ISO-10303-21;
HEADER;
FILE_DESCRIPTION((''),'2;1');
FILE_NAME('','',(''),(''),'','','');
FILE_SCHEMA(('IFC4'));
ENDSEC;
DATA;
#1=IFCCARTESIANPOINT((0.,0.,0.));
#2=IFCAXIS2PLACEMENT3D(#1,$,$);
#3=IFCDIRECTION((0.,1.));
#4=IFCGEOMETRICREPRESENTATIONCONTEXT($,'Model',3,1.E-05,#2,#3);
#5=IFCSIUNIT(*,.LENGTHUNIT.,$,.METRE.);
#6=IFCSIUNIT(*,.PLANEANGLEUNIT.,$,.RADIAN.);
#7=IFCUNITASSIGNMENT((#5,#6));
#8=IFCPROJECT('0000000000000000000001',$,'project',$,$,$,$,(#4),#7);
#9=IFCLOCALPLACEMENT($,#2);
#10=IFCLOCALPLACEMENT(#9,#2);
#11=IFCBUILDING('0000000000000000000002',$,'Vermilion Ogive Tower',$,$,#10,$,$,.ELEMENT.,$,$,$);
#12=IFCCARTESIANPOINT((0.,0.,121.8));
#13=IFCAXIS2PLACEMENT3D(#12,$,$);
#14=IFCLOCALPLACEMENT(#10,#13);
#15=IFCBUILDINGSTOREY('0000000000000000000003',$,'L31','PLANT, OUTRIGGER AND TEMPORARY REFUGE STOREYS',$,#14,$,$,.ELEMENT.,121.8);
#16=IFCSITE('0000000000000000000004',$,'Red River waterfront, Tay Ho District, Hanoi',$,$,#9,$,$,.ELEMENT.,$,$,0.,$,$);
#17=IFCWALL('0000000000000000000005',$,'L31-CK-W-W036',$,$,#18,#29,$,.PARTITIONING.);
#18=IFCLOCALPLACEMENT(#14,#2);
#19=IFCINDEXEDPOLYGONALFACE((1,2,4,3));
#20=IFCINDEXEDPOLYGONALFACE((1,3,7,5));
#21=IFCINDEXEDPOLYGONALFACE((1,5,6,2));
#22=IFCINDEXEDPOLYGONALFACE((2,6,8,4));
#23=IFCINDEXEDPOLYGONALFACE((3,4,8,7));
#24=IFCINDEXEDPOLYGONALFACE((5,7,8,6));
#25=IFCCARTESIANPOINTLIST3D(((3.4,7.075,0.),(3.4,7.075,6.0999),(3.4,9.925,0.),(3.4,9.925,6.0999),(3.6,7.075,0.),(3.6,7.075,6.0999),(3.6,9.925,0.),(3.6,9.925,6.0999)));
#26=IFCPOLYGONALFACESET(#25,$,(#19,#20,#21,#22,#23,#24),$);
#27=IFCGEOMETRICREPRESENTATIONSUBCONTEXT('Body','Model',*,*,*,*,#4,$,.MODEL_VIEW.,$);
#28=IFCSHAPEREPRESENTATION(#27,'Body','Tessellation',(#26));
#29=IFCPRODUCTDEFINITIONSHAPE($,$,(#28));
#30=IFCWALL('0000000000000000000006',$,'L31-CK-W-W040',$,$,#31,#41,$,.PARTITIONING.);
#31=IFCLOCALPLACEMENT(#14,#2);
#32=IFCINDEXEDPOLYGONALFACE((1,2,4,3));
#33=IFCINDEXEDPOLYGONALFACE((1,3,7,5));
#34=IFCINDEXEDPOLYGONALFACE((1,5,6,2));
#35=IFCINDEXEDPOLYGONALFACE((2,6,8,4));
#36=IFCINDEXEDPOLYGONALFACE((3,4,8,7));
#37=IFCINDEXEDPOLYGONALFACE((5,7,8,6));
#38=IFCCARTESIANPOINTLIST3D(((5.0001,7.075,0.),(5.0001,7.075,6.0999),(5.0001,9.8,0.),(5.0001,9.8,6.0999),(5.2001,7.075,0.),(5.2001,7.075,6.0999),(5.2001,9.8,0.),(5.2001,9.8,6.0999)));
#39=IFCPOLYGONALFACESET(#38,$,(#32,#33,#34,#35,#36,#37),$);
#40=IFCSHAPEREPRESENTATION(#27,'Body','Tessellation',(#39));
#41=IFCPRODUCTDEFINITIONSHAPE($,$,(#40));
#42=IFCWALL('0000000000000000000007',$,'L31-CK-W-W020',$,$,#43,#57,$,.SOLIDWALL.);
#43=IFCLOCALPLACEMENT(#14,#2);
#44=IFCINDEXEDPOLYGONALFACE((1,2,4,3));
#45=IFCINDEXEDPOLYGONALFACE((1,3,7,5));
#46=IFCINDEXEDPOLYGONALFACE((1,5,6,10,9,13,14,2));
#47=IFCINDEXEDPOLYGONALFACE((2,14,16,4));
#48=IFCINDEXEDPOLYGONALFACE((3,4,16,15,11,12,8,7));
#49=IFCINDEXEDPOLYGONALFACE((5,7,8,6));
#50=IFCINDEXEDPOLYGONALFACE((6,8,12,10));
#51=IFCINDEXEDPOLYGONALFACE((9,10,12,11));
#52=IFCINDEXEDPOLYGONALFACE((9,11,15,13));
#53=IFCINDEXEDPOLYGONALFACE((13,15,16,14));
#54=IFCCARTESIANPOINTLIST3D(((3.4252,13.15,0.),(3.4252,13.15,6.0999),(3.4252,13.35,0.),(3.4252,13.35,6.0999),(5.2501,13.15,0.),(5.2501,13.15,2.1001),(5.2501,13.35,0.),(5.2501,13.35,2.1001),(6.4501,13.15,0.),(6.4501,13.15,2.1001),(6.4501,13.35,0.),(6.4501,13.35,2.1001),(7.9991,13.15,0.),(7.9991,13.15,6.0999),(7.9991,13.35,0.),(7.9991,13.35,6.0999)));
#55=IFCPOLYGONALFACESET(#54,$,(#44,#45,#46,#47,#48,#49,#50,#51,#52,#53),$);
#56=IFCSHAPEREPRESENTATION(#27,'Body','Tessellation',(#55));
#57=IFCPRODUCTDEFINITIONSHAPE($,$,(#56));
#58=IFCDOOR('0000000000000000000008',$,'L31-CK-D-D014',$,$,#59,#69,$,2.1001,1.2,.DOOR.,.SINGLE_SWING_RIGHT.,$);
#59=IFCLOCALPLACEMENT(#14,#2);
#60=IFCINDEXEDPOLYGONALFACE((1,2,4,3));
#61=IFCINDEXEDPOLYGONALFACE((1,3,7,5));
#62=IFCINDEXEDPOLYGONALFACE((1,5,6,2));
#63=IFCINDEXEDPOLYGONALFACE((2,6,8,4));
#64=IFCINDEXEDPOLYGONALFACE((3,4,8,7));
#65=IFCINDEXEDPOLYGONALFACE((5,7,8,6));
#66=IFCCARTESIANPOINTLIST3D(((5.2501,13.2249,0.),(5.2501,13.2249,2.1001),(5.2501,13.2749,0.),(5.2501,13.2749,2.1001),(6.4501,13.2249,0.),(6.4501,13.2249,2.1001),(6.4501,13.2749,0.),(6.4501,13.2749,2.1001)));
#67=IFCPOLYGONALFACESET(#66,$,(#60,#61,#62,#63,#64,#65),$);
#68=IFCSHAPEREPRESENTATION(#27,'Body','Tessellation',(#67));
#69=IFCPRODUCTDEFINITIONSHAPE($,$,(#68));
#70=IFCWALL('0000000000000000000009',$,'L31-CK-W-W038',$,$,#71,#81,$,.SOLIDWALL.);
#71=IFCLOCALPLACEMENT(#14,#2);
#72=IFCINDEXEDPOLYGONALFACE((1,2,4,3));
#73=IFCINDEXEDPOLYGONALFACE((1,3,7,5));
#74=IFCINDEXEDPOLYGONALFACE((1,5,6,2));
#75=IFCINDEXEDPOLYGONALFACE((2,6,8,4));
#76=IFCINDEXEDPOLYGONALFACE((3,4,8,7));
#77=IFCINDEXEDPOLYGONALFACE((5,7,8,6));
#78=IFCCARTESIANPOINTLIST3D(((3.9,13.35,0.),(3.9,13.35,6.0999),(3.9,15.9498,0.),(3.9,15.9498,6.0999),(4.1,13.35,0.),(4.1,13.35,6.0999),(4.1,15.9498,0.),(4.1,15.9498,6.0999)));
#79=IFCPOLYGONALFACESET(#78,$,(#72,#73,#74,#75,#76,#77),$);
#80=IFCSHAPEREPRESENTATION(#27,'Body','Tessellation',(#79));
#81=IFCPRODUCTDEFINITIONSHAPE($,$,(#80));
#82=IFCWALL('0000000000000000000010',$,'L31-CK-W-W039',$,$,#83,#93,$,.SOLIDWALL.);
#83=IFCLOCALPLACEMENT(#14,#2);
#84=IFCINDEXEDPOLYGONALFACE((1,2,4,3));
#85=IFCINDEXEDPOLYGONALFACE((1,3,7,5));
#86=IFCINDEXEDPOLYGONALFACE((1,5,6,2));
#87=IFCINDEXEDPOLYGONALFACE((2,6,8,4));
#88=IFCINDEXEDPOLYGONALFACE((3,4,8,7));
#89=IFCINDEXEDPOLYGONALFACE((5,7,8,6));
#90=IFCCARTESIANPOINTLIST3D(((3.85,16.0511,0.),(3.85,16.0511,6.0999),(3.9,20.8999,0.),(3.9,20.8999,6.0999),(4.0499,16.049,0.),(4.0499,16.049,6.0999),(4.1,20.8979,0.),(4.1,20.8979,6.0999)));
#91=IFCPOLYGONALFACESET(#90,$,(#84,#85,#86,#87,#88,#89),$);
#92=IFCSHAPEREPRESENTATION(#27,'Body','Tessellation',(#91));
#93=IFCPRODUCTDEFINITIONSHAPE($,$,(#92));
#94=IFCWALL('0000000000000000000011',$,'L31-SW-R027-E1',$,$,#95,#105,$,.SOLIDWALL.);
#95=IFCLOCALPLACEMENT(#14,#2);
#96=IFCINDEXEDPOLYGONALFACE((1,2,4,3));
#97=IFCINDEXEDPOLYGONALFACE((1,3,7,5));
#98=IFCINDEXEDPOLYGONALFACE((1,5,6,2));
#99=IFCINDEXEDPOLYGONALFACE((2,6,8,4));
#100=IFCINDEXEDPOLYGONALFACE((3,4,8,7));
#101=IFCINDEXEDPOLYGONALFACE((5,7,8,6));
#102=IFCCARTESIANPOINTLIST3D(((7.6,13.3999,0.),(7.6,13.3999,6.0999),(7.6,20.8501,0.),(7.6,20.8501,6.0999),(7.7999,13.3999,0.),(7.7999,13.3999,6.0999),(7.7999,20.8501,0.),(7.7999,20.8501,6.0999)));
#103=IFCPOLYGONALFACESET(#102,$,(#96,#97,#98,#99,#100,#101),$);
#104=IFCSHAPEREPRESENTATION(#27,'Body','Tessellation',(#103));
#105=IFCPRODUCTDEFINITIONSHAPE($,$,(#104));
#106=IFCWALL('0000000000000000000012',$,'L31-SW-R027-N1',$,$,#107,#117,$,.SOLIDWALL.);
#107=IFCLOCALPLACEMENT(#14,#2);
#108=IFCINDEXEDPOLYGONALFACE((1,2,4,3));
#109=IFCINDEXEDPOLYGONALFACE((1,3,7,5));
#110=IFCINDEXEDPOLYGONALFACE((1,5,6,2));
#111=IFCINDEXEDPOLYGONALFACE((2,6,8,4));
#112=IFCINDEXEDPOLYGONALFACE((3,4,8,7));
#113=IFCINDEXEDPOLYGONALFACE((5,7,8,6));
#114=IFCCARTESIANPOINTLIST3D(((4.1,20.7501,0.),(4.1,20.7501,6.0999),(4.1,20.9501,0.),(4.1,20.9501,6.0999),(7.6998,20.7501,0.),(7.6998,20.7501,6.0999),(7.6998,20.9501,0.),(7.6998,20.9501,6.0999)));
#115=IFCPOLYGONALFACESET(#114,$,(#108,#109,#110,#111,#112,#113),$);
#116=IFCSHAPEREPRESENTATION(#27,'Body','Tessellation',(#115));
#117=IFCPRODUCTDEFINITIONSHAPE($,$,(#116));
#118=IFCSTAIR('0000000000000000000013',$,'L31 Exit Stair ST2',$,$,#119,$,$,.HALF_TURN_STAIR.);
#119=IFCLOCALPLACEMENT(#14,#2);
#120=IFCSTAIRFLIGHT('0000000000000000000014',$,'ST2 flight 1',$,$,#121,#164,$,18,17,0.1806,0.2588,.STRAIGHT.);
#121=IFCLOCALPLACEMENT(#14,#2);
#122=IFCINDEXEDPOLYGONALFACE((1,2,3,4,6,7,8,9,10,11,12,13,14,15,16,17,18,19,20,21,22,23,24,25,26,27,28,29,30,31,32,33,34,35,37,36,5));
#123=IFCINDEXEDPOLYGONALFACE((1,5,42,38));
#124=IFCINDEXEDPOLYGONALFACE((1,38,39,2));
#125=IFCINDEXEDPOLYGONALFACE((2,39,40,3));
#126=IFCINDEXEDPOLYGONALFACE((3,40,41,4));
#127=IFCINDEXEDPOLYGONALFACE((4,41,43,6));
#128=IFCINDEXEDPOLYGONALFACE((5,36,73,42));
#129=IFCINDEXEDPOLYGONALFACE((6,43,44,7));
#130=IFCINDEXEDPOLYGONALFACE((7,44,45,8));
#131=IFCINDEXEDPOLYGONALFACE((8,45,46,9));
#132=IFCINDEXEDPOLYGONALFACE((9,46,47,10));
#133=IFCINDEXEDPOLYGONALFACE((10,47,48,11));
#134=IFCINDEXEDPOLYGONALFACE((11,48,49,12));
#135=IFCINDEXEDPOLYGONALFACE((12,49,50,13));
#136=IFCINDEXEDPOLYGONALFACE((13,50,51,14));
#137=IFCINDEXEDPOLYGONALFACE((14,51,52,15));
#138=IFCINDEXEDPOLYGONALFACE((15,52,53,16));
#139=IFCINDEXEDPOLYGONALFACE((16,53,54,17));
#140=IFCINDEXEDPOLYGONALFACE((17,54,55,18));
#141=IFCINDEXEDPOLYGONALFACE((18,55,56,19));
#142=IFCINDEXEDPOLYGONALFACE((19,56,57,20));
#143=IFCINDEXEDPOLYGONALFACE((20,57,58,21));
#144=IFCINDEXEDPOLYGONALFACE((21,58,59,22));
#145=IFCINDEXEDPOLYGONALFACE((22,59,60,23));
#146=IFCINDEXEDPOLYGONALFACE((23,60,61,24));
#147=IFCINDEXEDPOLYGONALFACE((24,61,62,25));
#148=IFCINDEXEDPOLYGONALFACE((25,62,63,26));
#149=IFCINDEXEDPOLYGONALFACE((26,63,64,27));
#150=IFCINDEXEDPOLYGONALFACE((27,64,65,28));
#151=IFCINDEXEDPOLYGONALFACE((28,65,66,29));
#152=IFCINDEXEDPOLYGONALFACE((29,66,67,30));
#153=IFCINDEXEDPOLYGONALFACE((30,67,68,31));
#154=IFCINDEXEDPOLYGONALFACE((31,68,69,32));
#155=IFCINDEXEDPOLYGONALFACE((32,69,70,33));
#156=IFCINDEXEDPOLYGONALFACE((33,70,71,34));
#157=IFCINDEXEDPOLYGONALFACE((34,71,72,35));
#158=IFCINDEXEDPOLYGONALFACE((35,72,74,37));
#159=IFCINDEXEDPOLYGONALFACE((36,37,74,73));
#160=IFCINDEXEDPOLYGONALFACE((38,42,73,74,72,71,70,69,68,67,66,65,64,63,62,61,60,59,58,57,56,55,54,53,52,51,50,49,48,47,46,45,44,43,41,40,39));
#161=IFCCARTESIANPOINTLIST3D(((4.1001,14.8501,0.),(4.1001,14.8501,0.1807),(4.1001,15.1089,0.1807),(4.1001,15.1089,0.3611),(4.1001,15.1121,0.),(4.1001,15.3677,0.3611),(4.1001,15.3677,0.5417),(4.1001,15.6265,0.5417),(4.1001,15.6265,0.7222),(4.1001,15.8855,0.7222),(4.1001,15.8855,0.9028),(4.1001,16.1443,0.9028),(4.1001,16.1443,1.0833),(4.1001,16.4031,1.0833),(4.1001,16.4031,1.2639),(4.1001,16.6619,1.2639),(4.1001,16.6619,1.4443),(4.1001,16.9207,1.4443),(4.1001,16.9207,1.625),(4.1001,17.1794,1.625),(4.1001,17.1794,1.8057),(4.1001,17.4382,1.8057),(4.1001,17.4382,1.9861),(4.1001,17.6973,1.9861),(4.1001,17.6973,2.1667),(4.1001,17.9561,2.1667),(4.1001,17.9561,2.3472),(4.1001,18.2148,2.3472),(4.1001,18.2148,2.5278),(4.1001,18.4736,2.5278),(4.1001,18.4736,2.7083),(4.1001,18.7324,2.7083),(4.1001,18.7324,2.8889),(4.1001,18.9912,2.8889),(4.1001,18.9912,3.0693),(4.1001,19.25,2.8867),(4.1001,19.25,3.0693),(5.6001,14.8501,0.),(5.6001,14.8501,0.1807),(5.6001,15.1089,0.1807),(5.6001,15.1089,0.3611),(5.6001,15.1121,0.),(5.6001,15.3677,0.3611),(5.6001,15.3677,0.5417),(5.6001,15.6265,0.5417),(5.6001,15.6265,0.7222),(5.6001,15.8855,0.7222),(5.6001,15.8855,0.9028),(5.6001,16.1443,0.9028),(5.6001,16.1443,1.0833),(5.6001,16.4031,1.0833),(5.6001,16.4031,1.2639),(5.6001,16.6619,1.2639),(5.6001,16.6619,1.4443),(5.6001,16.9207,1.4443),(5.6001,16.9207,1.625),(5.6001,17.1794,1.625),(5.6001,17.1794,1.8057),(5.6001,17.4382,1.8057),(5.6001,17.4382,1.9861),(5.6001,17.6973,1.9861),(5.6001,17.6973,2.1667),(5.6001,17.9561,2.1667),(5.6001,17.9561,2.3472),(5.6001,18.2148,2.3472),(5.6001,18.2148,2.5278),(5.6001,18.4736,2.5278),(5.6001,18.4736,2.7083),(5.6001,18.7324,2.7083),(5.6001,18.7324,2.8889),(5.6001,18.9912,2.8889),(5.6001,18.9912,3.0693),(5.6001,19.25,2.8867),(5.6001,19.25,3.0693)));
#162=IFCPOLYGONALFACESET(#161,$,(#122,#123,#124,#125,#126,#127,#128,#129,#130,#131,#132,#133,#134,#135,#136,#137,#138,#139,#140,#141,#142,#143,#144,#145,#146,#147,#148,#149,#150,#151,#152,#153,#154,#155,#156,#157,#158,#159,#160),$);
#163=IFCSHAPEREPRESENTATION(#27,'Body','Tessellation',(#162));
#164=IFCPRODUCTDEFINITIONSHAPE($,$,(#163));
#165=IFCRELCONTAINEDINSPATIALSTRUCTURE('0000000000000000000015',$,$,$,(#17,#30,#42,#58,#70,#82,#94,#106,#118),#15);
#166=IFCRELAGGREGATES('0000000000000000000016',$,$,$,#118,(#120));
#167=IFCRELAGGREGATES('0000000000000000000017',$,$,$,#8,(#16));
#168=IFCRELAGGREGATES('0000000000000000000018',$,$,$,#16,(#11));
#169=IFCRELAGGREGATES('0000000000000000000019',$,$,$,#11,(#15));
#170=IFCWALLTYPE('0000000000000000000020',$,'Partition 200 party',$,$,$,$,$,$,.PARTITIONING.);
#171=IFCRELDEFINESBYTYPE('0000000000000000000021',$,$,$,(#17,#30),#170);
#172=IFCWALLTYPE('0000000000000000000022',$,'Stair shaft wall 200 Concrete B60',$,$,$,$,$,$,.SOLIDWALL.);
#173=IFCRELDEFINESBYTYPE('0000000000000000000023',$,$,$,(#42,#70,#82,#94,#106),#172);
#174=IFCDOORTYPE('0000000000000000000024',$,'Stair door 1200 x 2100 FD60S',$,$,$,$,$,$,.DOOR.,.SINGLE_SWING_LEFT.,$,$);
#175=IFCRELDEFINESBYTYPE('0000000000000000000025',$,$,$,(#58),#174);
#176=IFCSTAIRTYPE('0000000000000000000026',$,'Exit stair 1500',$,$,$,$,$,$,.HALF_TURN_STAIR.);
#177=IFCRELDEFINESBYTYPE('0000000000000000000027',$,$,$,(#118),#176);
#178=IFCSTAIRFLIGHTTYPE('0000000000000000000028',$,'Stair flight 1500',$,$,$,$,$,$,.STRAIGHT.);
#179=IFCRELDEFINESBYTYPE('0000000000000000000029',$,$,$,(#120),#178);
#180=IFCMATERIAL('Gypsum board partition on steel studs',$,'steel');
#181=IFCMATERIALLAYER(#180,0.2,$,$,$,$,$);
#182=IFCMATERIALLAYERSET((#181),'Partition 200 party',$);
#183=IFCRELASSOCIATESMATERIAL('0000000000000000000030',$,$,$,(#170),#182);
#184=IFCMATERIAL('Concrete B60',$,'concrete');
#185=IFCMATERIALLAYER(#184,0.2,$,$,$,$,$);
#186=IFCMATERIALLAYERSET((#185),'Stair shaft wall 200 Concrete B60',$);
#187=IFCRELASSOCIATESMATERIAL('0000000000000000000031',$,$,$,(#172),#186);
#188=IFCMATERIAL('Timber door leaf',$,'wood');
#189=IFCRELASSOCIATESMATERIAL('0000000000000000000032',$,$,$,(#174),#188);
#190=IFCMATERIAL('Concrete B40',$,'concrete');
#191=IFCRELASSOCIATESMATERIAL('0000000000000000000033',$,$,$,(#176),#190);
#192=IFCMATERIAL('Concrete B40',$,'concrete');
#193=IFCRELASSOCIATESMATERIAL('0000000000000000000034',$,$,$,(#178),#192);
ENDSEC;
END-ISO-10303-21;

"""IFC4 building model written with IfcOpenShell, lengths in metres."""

from ifc_helpers import new_model, si_unit, direction, frame, frame_2d, origin, place, context, subcontext, project, spatial, polyline, rectangle, outline, extrude, material, layer, layer_set, type_object, element, fill, aggregate, save


model = new_model("IFC4")

# Units and contexts
model_context = context("Model", 3, precision=1e-05, world=origin(), true_north=direction((0.0, 1.0)))
body_context = subcontext(model_context, "Body", "Model", "MODEL_VIEW")
ifc_project = project(units=[si_unit("LENGTHUNIT", "METRE"), si_unit("PLANEANGLEUNIT", "RADIAN")], contexts=[model_context])

# Site, building, storey
site_placement = place(None, origin())
site = spatial("IfcSite", under=ifc_project, at=site_placement, Name="Red River waterfront, Tay Ho District, Hanoi", CompositionType="ELEMENT", RefElevation=0.0)
building_placement = place(site_placement, origin())
building = spatial("IfcBuilding", under=site, at=building_placement, Name="Vermilion Ogive Tower", CompositionType="ELEMENT")
storey_placement = place(building_placement, frame((0.0, 0.0, 121.8)))
storey = spatial("IfcBuildingStorey", under=building, at=storey_placement, Name="L31", Description="PLANT, OUTRIGGER AND TEMPORARY REFUGE STOREYS", CompositionType="ELEMENT", Elevation=121.8)

# Shared definitions
ifc_material_1 = material(Name="Gypsum board partition on steel studs", Category="steel")
ifc_layer_1 = layer(ifc_material_1, 0.2)
ifc_layer_set_1 = layer_set([ifc_layer_1], Name="Partition 200 party")
wall_type_1 = type_object("IfcWallType", Name="Partition 200 party", PredefinedType="PARTITIONING", material=ifc_layer_set_1)

# Walls
for number, where, z_axis, x_axis, name in (
    (1, (3.5, 7.075, 0.0), (0.0, 0.0, 1.0), (0.0, 1.0, 0.0), "L31-CK-W-W036"),
):
    element("IfcWall", number, at=place(storey_placement, frame(where, z_axis=z_axis, x_axis=x_axis)), inside=storey, type_object=wall_type_1, Name=name, PredefinedType="PARTITIONING", context=body_context, shape_type="SweptSolid", body=[
        extrude(rectangle(XDim=2.8501, YDim=0.2, at=frame_2d((1.425, 0.0))), origin(), (0.0, 0.0, 1.0), 6.0999),
    ])
wall_1_placement = place(storey_placement, frame((5.1001, 7.075, 0.0), z_axis=(0.0, 0.0, 1.0), x_axis=(0.0, 1.0, 0.0)))
element("IfcWall", 2, at=wall_1_placement, inside=storey, type_object=wall_type_1, Name="L31-CK-W-W040", PredefinedType="PARTITIONING", context=body_context, shape_type="SweptSolid", body=[
    extrude(rectangle(XDim=2.7251, YDim=0.2, at=frame_2d((1.3625, 0.0))), origin(), (0.0, 0.0, 1.0), 6.0999),
])

# Wall, opening, door
ifc_material_2 = material(Name="Concrete B60", Category="concrete")
ifc_layer_2 = layer(ifc_material_2, 0.2)
ifc_layer_set_2 = layer_set([ifc_layer_2], Name="Stair shaft wall 200 Concrete B60")
wall_type_2 = type_object("IfcWallType", Name="Stair shaft wall 200 Concrete B60", PredefinedType="SOLIDWALL", material=ifc_layer_set_2)
wall_2_placement = place(storey_placement, frame((3.425, 13.25, 0.0), z_axis=(0.0, 0.0, 1.0), x_axis=(1.0, 0.0, 0.0)))
wall_2 = element("IfcWall", 3, at=wall_2_placement, inside=storey, type_object=wall_type_2, Name="L31-CK-W-W020", PredefinedType="SOLIDWALL", context=body_context, shape_type="SweptSolid", body=[
    extrude(rectangle(XDim=4.574, YDim=0.2, at=frame_2d((2.2871, 0.0))), origin(), (0.0, 0.0, 1.0), 6.0999),
])
opening_1_placement = place(wall_2_placement, frame((1.825, 0.0, 0.0)))
opening_1 = element("IfcOpeningElement", 4, at=opening_1_placement, cuts=wall_2, PredefinedType="OPENING", context=body_context, shape_type="SweptSolid", body=[
    extrude(rectangle(XDim=1.2, YDim=2.1001, at=frame_2d((0.6001, 1.05))), frame((0.0, 0.1099, 0.0), z_axis=(0.0, -1.0, 0.0), x_axis=(1.0, 0.0, 0.0)), (0.0, 0.0, 1.0), 0.22),
])
ifc_material_3 = material(Name="Timber door leaf", Category="wood")
door_type_1 = type_object("IfcDoorType", Name="Stair door 1200 x 2100 FD60S", OperationType="SINGLE_SWING_LEFT", PredefinedType="DOOR", material=ifc_material_3)
door_1_placement = place(opening_1_placement, origin())
door_1 = element("IfcDoor", 5, at=door_1_placement, inside=storey, type_object=door_type_1, Name="L31-CK-D-D014", OperationType="SINGLE_SWING_RIGHT", OverallHeight=2.1001, OverallWidth=1.2, PredefinedType="DOOR", context=body_context, shape_type="SweptSolid", body=[
    extrude(rectangle(XDim=1.2, YDim=2.1001, at=frame_2d((0.6001, 1.05))), frame((0.0, 0.0249, 0.0), z_axis=(0.0, -1.0, 0.0), x_axis=(1.0, 0.0, 0.0)), (0.0, 0.0, 1.0), 0.05),
])
fill(opening_1, door_1)

# Walls
wall_3_placement = place(storey_placement, frame((4.0, 13.3501, 0.0), z_axis=(0.0, 0.0, 1.0), x_axis=(0.0, 1.0, 0.0)))
element("IfcWall", 6, at=wall_3_placement, inside=storey, type_object=wall_type_2, Name="L31-CK-W-W038", PredefinedType="SOLIDWALL", context=body_context, shape_type="SweptSolid", body=[
    extrude(rectangle(XDim=2.5999, YDim=0.2, at=frame_2d((1.2998, 0.0))), origin(), (0.0, 0.0, 1.0), 6.0999),
])
wall_4_placement = place(storey_placement, frame((3.95, 16.05, 0.0), z_axis=(0.0, 0.0, 1.0), x_axis=(0.010321, 0.999947, 0.0)))
element("IfcWall", 7, at=wall_4_placement, inside=storey, type_object=wall_type_2, Name="L31-CK-W-W039", PredefinedType="SOLIDWALL", context=body_context, shape_type="SweptSolid", body=[
    extrude(rectangle(XDim=4.8491, YDim=0.2, at=frame_2d((2.4246, 0.0))), origin(), (0.0, 0.0, 1.0), 6.0999),
])
wall_5_placement = place(storey_placement, frame((7.7, 13.3999, 0.0), z_axis=(0.0, 0.0, 1.0), x_axis=(0.0, 1.0, 0.0)))
element("IfcWall", 8, at=wall_5_placement, inside=storey, type_object=wall_type_2, Name="L31-SW-R027-E1", PredefinedType="SOLIDWALL", context=body_context, shape_type="SweptSolid", body=[
    extrude(rectangle(XDim=7.4502, YDim=0.2, at=frame_2d((3.7251, 0.0))), origin(), (0.0, 0.0, 1.0), 6.0999),
])
wall_6_placement = place(storey_placement, frame((4.1001, 20.8501, 0.0), z_axis=(0.0, 0.0, 1.0), x_axis=(1.0, 0.0, 0.0)))
element("IfcWall", 9, at=wall_6_placement, inside=storey, type_object=wall_type_2, Name="L31-SW-R027-N1", PredefinedType="SOLIDWALL", context=body_context, shape_type="SweptSolid", body=[
    extrude(rectangle(XDim=3.5999, YDim=0.2, at=frame_2d((1.7998, 0.0))), origin(), (0.0, 0.0, 1.0), 6.0999),
])

# Stair, stair flight
ifc_material_4 = material(Name="Concrete B40", Category="concrete")
stair_type = type_object("IfcStairType", Name="Exit stair 1500", PredefinedType="HALF_TURN_STAIR", material=ifc_material_4)
stair_placement = place(storey_placement, origin())
stair = element("IfcStair", 10, at=stair_placement, inside=storey, type_object=stair_type, Name="L31 Exit Stair ST2", PredefinedType="HALF_TURN_STAIR")
ifc_material_5 = material(Name="Concrete B40", Category="concrete")
stair_flight_type = type_object("IfcStairFlightType", Name="Stair flight 1500", PredefinedType="STRAIGHT", material=ifc_material_5)
stair_flight_1_placement = place(storey_placement, frame((4.8501, 14.8501, 0.0), z_axis=(0.0, 0.0, 1.0), x_axis=(0.0, 1.0, 0.0)))
stair_flight_1 = element("IfcStairFlight", 11, at=stair_flight_1_placement, type_object=stair_flight_type, Name="ST2 flight 1", NumberOfRisers=18, NumberOfTreads=17, PredefinedType="STRAIGHT", RiserHeight=0.1806, TreadLength=0.2588, context=body_context, shape_type="SweptSolid", body=[
    extrude(outline(polyline([(0.0, 0.0), (0.0, 0.1807), (0.2588, 0.1807), (0.2588, 0.3611), (0.5176, 0.3611), (0.5176, 0.5417), (0.7764, 0.5417), (0.7764, 0.7222), (1.0354, 0.7222), (1.0354, 0.9028), (1.2942, 0.9028), (1.2942, 1.0833), (1.553, 1.0833), (1.553, 1.2639), (1.8118, 1.2639), (1.8118, 1.4443), (2.0706, 1.4443), (2.0706, 1.625), (2.3293, 1.625), (2.3293, 1.8057), (2.5881, 1.8057), (2.5881, 1.9861), (2.8472, 1.9861), (2.8472, 2.1667), (3.106, 2.1667), (3.106, 2.3472), (3.3647, 2.3472), (3.3647, 2.5278), (3.6235, 2.5278), (3.6235, 2.7083), (3.8823, 2.7083), (3.8823, 2.8889), (4.1411, 2.8889), (4.1411, 3.0693), (4.3999, 3.0693), (4.3999, 3.25), (4.3999, 2.8867), (0.262, 0.0), (0.0, 0.0)])), frame((0.0, 0.75, 0.0), z_axis=(0.0, -1.0, 0.0), x_axis=(1.0, 0.0, 0.0)), (0.0, 0.0, 1.0), 1.5),
])
aggregate(stair, [stair_flight_1])

save(model, "model.ifc")
